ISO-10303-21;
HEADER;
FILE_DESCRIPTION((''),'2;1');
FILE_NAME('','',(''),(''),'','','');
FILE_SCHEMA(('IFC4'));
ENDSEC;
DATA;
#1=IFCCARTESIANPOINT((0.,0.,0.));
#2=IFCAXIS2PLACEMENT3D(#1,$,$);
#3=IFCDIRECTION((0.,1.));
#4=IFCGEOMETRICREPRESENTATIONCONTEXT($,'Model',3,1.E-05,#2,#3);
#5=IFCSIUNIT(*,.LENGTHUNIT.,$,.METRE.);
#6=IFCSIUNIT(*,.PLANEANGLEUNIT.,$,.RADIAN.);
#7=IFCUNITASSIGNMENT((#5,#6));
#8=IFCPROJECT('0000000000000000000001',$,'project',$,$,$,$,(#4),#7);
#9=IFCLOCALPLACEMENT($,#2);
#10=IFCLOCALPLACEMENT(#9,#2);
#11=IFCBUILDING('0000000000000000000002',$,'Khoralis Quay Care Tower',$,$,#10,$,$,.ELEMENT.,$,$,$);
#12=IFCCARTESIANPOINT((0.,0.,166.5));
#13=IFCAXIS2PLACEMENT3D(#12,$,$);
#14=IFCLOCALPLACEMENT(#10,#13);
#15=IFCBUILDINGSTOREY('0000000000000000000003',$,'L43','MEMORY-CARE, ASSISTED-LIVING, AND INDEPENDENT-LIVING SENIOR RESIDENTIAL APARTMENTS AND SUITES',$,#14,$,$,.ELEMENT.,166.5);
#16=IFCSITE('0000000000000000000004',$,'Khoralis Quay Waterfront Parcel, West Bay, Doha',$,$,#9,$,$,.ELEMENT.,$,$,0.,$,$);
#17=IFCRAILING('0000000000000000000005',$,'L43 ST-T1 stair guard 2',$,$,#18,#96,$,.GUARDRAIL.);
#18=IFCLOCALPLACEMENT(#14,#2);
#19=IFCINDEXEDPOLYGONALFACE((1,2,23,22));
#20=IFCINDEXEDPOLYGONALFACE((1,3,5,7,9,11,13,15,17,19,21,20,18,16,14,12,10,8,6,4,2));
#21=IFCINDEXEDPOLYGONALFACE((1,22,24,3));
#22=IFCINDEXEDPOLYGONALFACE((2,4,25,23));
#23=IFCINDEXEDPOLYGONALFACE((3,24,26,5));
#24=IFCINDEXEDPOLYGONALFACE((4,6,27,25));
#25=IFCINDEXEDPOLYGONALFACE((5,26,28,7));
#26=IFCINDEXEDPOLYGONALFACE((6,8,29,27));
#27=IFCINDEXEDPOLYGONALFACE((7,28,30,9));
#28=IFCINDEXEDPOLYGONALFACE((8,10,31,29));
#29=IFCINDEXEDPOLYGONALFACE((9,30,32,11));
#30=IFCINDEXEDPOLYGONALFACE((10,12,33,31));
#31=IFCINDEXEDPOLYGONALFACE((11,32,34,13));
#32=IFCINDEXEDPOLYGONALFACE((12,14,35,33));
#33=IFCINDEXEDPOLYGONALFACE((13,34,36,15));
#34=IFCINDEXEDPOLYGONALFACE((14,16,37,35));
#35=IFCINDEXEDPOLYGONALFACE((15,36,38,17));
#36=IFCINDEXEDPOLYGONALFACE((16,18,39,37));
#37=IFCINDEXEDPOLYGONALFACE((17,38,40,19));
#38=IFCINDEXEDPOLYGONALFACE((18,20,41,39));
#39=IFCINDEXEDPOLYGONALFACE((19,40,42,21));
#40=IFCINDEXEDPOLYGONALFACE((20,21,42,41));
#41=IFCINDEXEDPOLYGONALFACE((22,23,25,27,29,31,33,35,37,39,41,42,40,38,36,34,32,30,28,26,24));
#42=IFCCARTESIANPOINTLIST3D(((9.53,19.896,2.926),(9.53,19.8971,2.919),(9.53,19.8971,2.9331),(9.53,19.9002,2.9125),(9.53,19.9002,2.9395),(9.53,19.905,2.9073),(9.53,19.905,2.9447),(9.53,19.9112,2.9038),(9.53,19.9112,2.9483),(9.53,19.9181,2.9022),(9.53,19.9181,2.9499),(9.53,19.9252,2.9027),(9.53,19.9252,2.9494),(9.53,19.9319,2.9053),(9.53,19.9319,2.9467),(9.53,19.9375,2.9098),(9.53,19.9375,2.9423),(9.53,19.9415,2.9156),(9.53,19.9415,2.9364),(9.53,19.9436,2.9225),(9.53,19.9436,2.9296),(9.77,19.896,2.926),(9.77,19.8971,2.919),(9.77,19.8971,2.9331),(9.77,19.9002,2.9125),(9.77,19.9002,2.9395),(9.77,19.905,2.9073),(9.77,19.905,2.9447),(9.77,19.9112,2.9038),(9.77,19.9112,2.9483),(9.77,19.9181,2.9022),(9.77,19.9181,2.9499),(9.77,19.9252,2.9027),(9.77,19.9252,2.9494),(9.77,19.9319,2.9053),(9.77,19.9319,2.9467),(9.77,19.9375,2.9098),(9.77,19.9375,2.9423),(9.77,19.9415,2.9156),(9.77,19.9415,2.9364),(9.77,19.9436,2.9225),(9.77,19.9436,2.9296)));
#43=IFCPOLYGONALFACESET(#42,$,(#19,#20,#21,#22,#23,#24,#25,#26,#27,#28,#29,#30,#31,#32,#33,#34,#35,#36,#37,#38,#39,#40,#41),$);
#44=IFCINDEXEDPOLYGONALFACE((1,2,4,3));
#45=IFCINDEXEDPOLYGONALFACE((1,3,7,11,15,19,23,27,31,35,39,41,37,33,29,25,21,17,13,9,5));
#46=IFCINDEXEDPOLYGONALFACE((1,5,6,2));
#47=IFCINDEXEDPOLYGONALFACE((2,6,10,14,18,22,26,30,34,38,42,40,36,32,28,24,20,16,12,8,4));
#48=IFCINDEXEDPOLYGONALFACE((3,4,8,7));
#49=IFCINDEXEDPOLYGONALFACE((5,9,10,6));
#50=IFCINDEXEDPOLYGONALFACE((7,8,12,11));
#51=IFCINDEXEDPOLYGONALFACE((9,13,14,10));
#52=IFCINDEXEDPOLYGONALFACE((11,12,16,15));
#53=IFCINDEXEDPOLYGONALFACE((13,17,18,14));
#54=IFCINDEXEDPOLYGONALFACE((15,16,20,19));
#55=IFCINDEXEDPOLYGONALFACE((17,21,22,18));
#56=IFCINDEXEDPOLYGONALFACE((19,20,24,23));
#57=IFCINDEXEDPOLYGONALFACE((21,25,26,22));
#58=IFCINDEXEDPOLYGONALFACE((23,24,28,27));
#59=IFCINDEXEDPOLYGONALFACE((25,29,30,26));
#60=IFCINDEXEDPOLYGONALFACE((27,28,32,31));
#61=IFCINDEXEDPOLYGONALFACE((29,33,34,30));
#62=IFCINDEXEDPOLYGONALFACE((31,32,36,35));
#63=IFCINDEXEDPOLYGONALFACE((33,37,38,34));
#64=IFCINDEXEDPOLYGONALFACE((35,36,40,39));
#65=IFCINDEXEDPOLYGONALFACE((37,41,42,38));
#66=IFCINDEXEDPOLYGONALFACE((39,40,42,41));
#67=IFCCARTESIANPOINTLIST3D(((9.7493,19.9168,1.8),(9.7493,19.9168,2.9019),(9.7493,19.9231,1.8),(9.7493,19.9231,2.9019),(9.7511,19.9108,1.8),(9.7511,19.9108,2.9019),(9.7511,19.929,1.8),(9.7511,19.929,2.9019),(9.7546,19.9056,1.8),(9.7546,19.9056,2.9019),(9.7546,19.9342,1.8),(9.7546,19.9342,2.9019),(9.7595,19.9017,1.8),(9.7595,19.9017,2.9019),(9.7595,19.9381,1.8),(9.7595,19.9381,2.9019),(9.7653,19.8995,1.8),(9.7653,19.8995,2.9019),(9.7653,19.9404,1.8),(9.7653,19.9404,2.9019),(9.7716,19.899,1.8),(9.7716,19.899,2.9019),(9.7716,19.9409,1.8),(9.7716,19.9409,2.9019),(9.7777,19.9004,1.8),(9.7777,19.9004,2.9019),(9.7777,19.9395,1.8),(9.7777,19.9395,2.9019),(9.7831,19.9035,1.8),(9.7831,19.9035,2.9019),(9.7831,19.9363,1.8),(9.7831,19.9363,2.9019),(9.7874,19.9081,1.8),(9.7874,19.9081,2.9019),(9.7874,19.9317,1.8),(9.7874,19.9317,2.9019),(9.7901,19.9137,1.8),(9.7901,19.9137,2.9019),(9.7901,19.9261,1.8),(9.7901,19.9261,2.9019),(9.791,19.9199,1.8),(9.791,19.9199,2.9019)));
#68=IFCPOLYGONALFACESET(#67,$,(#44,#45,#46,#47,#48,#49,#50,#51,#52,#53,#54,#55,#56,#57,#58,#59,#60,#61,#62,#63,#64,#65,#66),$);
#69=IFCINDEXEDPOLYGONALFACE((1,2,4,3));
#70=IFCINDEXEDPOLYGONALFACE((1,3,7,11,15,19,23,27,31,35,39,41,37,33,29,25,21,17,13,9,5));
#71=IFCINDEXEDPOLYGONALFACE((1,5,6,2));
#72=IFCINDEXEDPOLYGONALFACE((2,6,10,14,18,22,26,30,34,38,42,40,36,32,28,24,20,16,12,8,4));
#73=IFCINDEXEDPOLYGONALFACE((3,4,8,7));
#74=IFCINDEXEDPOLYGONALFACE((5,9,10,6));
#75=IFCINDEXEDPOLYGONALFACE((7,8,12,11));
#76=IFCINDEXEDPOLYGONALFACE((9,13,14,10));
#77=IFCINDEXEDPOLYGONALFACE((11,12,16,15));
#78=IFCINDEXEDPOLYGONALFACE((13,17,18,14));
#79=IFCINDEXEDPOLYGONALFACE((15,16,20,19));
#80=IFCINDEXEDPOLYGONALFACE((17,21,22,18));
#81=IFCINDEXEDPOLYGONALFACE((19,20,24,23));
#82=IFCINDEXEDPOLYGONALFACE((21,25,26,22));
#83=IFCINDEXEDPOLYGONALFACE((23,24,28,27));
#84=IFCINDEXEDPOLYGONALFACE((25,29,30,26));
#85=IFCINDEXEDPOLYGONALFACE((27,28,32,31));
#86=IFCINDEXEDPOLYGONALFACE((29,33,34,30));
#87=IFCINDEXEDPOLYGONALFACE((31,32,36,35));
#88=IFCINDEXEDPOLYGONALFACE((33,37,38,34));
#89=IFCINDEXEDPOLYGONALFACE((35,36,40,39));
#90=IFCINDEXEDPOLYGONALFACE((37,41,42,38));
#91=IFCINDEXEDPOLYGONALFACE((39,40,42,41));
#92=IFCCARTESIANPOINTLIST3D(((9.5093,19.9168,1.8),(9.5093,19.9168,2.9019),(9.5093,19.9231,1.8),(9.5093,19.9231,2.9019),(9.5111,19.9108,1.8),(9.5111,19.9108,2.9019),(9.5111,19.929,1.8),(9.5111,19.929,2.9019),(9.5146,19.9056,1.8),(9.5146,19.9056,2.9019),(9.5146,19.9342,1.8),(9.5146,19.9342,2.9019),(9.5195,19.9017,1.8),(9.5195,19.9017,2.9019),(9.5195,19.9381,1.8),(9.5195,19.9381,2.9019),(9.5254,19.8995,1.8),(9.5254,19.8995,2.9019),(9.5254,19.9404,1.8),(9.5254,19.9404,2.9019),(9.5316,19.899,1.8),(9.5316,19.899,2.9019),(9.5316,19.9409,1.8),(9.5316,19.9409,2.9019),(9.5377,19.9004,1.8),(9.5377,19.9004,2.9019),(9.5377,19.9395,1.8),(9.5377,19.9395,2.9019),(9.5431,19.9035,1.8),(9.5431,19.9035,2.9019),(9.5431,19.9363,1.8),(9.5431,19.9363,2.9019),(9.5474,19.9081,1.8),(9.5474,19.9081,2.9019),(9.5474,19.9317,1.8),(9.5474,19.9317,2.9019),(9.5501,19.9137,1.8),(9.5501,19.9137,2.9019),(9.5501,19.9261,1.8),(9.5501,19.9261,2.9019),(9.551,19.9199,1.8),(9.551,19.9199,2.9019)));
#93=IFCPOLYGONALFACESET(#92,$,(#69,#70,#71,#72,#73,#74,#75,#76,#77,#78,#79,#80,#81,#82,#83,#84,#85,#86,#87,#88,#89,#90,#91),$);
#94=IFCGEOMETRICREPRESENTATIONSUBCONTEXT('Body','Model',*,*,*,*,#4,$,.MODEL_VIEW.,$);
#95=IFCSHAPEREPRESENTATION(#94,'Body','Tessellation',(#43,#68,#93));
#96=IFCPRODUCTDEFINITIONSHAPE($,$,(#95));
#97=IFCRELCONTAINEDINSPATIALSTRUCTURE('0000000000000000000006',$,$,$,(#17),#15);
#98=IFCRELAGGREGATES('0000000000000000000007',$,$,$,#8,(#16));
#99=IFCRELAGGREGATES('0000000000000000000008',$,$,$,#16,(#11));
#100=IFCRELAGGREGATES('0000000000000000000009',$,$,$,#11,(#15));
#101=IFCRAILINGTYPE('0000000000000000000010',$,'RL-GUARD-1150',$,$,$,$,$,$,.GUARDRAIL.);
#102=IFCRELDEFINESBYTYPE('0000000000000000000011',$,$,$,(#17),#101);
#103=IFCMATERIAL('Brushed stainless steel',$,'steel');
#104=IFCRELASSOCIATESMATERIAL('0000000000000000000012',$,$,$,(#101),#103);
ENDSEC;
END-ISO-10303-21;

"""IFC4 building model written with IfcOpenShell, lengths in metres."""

from ifc_helpers import new_model, si_unit, direction, frame, origin, origin_2d, place, context, subcontext, project, spatial, circle, extrude, material, type_object, element, save


model = new_model("IFC4")

# Units and contexts
model_context = context("Model", 3, precision=1e-05, world=origin(), true_north=direction((0.0, 1.0)))
body_context = subcontext(model_context, "Body", "Model", "MODEL_VIEW")
ifc_project = project(units=[si_unit("LENGTHUNIT", "METRE"), si_unit("PLANEANGLEUNIT", "RADIAN")], contexts=[model_context])

# Site, building, storey
site_placement = place(None, origin())
site = spatial("IfcSite", under=ifc_project, at=site_placement, Name="Khoralis Quay Waterfront Parcel, West Bay, Doha", CompositionType="ELEMENT", RefElevation=0.0)
building_placement = place(site_placement, origin())
building = spatial("IfcBuilding", under=site, at=building_placement, Name="Khoralis Quay Care Tower", CompositionType="ELEMENT")
storey_placement = place(building_placement, frame((0.0, 0.0, 166.5)))
storey = spatial("IfcBuildingStorey", under=building, at=storey_placement, Name="L43", Description="MEMORY-CARE, ASSISTED-LIVING, AND INDEPENDENT-LIVING SENIOR RESIDENTIAL APARTMENTS AND SUITES", CompositionType="ELEMENT", Elevation=166.5)

# Shared definitions
ifc_material_1 = material(Name="Brushed stainless steel", Category="steel")

# Railing
railing_type_1 = type_object("IfcRailingType", Name="RL-GUARD-1150", PredefinedType="GUARDRAIL", material=ifc_material_1)
railing_1_placement = place(storey_placement, frame((9.77, 19.9199, 1.8)))
element("IfcRailing", 1, at=railing_1_placement, inside=storey, type_object=railing_type_1, Name="L43 ST-T1 stair guard 2", PredefinedType="GUARDRAIL", context=body_context, shape_type="SweptSolid", body=[
    extrude(circle(Radius=0.0239, at=origin_2d()), frame((0.0, 0.0, 1.126), z_axis=(-1.0, 0.0, 0.0), x_axis=(0.0, -1.0, 0.0)), (0.0, 0.0, 1.0), 0.24),
    extrude(circle(Radius=0.021, at=origin_2d()), origin(), (0.0, 0.0, 1.0), 1.1018),
    extrude(circle(Radius=0.021, at=origin_2d()), frame((-0.24, 0.0, 0.0)), (0.0, 0.0, 1.0), 1.1018),
])

save(model, "model.ifc")
